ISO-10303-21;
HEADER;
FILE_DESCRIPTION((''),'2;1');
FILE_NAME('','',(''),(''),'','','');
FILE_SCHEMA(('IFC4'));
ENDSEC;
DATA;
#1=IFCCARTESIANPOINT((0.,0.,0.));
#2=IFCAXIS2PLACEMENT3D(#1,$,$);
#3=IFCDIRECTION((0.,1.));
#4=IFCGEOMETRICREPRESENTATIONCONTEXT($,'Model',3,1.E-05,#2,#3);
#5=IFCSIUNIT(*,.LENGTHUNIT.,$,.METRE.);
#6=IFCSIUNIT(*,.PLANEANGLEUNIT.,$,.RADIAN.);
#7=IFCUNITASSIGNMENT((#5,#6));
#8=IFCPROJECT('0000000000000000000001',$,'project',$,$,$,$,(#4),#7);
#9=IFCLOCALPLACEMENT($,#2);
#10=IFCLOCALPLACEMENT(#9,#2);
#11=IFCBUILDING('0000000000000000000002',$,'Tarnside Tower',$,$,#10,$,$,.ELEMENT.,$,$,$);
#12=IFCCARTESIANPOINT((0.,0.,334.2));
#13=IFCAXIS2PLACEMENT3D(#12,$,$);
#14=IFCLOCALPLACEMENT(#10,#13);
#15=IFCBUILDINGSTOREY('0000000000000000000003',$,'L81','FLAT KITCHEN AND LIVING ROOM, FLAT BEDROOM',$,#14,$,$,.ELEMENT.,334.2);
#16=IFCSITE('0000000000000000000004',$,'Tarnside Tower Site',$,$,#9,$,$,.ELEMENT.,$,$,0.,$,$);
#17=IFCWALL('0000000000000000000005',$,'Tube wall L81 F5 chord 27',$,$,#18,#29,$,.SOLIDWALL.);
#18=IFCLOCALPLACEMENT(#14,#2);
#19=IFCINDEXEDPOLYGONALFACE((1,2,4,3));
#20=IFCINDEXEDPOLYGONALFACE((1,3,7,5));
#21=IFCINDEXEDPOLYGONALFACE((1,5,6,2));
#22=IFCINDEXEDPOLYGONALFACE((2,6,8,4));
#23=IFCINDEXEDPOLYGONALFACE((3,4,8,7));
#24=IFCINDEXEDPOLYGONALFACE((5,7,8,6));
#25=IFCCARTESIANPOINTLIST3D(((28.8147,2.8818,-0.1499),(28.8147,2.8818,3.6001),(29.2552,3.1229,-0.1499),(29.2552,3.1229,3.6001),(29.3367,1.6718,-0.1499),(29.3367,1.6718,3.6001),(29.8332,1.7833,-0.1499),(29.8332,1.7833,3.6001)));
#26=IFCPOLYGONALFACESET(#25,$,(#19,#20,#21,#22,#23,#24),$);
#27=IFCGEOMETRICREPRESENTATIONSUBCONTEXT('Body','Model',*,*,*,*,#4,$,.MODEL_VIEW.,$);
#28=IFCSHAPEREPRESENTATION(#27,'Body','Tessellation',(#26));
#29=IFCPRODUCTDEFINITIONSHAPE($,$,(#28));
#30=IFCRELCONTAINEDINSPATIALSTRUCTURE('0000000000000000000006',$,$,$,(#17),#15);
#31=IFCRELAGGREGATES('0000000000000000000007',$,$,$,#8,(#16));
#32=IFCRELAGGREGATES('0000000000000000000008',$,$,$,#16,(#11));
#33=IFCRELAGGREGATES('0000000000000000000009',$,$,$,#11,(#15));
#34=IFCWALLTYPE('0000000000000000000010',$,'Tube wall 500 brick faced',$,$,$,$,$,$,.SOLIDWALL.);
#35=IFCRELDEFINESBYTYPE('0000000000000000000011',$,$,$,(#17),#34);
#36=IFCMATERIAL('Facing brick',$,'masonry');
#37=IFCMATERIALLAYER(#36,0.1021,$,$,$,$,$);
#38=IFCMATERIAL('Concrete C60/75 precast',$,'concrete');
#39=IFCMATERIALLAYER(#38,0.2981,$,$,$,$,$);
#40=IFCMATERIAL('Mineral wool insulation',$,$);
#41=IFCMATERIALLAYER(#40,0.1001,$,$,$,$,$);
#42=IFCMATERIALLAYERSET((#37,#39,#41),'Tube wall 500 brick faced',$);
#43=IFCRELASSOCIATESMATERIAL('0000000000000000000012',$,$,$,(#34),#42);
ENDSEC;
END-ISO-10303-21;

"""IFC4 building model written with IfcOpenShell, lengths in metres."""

from ifc_helpers import new_model, si_unit, direction, frame, origin, place, context, subcontext, project, spatial, polyline, outline, extrude, material, layer, layer_set, type_object, element, save


model = new_model("IFC4")

# Units and contexts
model_context = context("Model", 3, precision=1e-05, world=origin(), true_north=direction((0.0, 1.0)))
body_context = subcontext(model_context, "Body", "Model", "MODEL_VIEW")
ifc_project = project(units=[si_unit("LENGTHUNIT", "METRE"), si_unit("PLANEANGLEUNIT", "RADIAN")], contexts=[model_context])

# Site, building, storey
site_placement = place(None, origin())
site = spatial("IfcSite", under=ifc_project, at=site_placement, Name="Tarnside Tower Site", CompositionType="ELEMENT", RefElevation=0.0)
building_placement = place(site_placement, origin())
building = spatial("IfcBuilding", under=site, at=building_placement, Name="Tarnside Tower", CompositionType="ELEMENT")
storey_placement = place(building_placement, frame((0.0, 0.0, 334.2)))
storey = spatial("IfcBuildingStorey", under=building, at=storey_placement, Name="L81", Description="FLAT KITCHEN AND LIVING ROOM, FLAT BEDROOM", CompositionType="ELEMENT", Elevation=334.2)

# Shared definitions
ifc_material_1 = material(Name="Concrete C60/75 precast", Category="concrete")
ifc_material_2 = material(Name="Mineral wool insulation")

# Wall
ifc_material_3 = material(Name="Facing brick", Category="masonry")
ifc_layer_1 = layer(ifc_material_3, 0.1021)
ifc_layer_2 = layer(ifc_material_1, 0.2981)
ifc_layer_3 = layer(ifc_material_2, 0.1001)
ifc_layer_set_1 = layer_set([ifc_layer_1, ifc_layer_2, ifc_layer_3], Name="Tube wall 500 brick faced")
wall_type_1 = type_object("IfcWallType", Name="Tube wall 500 brick faced", PredefinedType="SOLIDWALL", material=ifc_layer_set_1)
wall_1_placement = place(storey_placement, frame((29.585, 1.7275, -0.1499), z_axis=(0.0, 0.0, 1.0), x_axis=(-0.396146, 0.918187, 0.0)))
element("IfcWall", 1, at=wall_1_placement, inside=storey, type_object=wall_type_1, Name="Tube wall L81 F5 chord 27", PredefinedType="SOLIDWALL", context=body_context, shape_type="SweptSolid", body=[
    extrude(outline(polyline([(-0.0471, -0.25), (1.4119, -0.25), (1.365, 0.25), (0.0471, 0.25), (-0.0471, -0.25)])), origin(), (0.0, 0.0, 1.0), 3.75),
])

save(model, "model.ifc")
